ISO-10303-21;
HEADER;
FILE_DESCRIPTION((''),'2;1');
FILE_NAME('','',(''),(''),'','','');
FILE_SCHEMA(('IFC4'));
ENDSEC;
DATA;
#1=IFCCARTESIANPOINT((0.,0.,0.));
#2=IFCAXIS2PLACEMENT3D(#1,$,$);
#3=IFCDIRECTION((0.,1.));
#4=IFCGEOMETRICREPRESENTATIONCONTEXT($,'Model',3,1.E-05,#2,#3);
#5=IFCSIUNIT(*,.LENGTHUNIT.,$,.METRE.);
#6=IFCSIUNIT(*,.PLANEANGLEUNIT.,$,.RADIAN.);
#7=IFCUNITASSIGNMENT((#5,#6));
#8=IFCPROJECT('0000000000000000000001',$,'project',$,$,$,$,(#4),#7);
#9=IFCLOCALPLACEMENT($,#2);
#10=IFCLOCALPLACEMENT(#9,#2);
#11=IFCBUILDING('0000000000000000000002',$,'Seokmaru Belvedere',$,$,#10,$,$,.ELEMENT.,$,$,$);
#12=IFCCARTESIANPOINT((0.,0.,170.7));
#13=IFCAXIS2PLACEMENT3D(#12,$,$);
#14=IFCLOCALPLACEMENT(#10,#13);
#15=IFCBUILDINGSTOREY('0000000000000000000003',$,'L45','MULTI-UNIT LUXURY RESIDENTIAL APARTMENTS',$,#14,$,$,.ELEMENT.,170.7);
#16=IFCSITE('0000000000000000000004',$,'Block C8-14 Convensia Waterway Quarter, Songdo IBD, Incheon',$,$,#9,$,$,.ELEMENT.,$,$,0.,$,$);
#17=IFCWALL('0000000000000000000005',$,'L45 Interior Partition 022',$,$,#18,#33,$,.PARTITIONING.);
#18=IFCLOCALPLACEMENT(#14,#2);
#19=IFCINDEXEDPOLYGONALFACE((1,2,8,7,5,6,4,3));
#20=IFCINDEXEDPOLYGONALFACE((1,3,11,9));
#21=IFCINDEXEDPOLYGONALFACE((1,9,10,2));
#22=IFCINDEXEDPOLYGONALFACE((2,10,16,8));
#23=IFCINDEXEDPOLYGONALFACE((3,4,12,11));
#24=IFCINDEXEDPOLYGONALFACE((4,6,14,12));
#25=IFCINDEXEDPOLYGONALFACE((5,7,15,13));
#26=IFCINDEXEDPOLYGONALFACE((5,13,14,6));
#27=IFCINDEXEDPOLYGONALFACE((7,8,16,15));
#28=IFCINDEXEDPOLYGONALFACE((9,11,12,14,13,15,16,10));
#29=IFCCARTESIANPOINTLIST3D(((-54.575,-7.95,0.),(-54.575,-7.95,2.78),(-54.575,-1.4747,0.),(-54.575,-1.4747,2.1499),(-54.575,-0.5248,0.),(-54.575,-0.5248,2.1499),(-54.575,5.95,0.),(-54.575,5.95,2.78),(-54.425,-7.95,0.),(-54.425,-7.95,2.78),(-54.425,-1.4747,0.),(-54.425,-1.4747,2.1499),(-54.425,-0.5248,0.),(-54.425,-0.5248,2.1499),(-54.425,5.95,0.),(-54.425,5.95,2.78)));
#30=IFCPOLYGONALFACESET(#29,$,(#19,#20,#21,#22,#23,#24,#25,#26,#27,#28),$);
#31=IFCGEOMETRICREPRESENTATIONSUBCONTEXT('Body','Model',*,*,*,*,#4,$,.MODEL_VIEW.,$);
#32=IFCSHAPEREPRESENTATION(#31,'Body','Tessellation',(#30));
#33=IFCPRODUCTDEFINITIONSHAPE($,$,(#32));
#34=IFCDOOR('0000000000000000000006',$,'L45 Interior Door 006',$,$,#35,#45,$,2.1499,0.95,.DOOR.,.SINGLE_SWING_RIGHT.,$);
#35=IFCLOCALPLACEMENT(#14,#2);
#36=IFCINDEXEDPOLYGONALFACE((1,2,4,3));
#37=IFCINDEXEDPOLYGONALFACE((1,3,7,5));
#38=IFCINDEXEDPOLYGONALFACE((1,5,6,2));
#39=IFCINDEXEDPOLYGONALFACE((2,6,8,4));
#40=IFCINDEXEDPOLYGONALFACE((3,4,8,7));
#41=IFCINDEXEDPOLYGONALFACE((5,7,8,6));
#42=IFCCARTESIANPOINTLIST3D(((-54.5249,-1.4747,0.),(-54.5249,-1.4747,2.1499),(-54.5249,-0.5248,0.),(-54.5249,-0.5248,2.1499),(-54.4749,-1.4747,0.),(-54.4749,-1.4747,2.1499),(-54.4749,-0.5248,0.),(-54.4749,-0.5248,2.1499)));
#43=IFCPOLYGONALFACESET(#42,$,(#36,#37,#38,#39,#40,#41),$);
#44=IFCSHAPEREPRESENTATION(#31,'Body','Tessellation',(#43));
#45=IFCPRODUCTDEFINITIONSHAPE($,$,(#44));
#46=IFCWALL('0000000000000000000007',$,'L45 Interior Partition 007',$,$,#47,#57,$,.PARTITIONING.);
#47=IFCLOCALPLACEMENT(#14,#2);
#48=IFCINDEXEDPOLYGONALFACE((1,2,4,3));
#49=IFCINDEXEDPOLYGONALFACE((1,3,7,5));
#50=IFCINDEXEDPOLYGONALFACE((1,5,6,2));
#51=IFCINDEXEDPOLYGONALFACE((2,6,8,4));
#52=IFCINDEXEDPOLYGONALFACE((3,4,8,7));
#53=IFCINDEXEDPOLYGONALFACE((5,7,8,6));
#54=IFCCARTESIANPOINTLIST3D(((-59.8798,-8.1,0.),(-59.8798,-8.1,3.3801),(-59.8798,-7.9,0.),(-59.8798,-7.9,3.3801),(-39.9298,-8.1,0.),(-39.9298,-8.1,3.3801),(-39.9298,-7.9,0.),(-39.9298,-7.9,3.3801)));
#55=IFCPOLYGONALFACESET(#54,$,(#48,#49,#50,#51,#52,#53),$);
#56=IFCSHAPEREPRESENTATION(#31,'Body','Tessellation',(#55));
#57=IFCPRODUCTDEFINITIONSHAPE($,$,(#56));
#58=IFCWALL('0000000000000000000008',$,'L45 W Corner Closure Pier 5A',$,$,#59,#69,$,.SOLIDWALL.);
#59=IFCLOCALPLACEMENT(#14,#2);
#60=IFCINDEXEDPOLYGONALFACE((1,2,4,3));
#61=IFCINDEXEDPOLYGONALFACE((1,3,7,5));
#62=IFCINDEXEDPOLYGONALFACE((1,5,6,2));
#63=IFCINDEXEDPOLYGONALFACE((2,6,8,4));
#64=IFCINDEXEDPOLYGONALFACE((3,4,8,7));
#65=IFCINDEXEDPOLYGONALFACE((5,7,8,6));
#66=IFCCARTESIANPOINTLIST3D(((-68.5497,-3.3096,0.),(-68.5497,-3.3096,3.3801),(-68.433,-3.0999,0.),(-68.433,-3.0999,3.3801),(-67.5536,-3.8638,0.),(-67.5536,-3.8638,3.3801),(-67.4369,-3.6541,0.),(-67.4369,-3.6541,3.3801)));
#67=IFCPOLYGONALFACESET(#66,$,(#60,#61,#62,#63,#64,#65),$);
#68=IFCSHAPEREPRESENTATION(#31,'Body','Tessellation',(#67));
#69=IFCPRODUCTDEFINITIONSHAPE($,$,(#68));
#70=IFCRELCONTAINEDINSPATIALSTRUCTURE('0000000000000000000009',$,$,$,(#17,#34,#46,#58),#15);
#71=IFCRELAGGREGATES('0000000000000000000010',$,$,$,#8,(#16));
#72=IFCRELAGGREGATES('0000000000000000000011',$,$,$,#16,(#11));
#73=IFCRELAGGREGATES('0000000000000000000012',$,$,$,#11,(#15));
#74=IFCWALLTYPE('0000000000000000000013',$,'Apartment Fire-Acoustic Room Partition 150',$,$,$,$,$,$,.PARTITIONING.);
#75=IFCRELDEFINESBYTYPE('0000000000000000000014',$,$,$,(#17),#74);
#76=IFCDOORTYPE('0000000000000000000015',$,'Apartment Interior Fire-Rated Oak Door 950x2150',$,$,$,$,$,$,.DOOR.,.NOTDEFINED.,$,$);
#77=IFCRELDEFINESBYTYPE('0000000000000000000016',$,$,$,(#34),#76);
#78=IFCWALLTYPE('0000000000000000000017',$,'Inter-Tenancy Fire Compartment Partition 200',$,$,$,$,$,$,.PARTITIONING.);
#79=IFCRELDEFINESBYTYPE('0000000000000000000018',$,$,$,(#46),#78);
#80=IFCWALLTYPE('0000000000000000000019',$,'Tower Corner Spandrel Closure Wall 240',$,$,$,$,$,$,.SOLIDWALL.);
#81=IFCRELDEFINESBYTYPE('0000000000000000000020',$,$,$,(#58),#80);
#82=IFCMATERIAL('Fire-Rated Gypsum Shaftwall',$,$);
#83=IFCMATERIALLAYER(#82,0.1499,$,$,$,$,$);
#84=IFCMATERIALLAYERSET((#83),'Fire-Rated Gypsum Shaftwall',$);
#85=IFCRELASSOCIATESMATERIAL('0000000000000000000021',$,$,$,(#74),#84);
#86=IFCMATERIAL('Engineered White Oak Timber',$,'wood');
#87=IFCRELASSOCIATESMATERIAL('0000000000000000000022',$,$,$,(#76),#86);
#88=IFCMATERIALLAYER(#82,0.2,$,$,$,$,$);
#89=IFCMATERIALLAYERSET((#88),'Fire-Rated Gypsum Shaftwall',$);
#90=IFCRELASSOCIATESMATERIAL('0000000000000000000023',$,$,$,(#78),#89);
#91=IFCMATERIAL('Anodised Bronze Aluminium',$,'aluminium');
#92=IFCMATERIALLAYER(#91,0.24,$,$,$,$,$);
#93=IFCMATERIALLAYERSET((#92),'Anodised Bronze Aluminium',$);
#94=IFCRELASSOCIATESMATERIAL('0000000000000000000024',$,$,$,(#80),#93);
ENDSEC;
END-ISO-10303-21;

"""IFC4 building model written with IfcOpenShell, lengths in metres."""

from ifc_helpers import new_model, si_unit, direction, frame, frame_2d, origin, place, context, subcontext, project, spatial, rectangle, extrude, source, transform, mapped, material, layer, layer_set, type_object, type_shapes, element, fill, save


model = new_model("IFC4")

# Units and contexts
model_context = context("Model", 3, precision=1e-05, world=origin(), true_north=direction((0.0, 1.0)))
body_context = subcontext(model_context, "Body", "Model", "MODEL_VIEW")
ifc_project = project(units=[si_unit("LENGTHUNIT", "METRE"), si_unit("PLANEANGLEUNIT", "RADIAN")], contexts=[model_context])

# Site, building, storey
site_placement = place(None, origin())
site = spatial("IfcSite", under=ifc_project, at=site_placement, Name="Block C8-14 Convensia Waterway Quarter, Songdo IBD, Incheon", CompositionType="ELEMENT", RefElevation=0.0)
building_placement = place(site_placement, origin())
building = spatial("IfcBuilding", under=site, at=building_placement, Name="Seokmaru Belvedere", CompositionType="ELEMENT")
storey_placement = place(building_placement, frame((0.0, 0.0, 170.7)))
storey = spatial("IfcBuildingStorey", under=building, at=storey_placement, Name="L45", Description="MULTI-UNIT LUXURY RESIDENTIAL APARTMENTS", CompositionType="ELEMENT", Elevation=170.7)

# Shared definitions
ifc_material_1 = material(Name="Anodised Bronze Aluminium", Category="aluminium")

# Shared definitions
ifc_material_2 = material(Name="Fire-Rated Gypsum Shaftwall")
ifc_layer_1 = layer(ifc_material_2, 0.1499)
ifc_layer_set_1 = layer_set([ifc_layer_1], Name="Fire-Rated Gypsum Shaftwall")
wall_type_1 = type_object("IfcWallType", Name="Apartment Fire-Acoustic Room Partition 150", PredefinedType="PARTITIONING", material=ifc_layer_set_1)
ifc_material_3 = material(Name="Engineered White Oak Timber", Category="wood")
door_type = type_object("IfcDoorType", Name="Apartment Interior Fire-Rated Oak Door 950x2150", OperationType="NOTDEFINED", PredefinedType="DOOR", material=ifc_material_3)
shared_shape_1 = source(origin(), body_context, "Body", "SweptSolid", [
    extrude(rectangle(XDim=0.95, YDim=2.1499, at=frame_2d((0.4751, 1.075))), frame((0.0, 0.0249, 0.0), z_axis=(0.0, -1.0, 0.0), x_axis=(1.0, 0.0, 0.0)), (0.0, 0.0, 1.0), 0.05),
])
type_shapes(door_type, [shared_shape_1])

# Wall, opening, door
wall_1_placement = place(storey_placement, frame((-54.5, -7.95, 0.0), z_axis=(0.0, 0.0, 1.0), x_axis=(0.0, 1.0, 0.0)))
wall_1 = element("IfcWall", 1, at=wall_1_placement, inside=storey, type_object=wall_type_1, Name="L45 Interior Partition 022", PredefinedType="PARTITIONING", context=body_context, shape_type="SweptSolid", body=[
    extrude(rectangle(XDim=13.8999, YDim=0.1499, at=frame_2d((6.95, 0.0))), origin(), (0.0, 0.0, 1.0), 2.78),
])
opening_1_placement = place(wall_1_placement, frame((6.4751, 0.0, 0.0)))
opening_1 = element("IfcOpeningElement", 2, at=opening_1_placement, cuts=wall_1, PredefinedType="OPENING", context=body_context, shape_type="SweptSolid", body=[
    extrude(rectangle(XDim=0.95, YDim=2.1499, at=frame_2d((0.4751, 1.075))), frame((0.0, 0.085, 0.0), z_axis=(0.0, -1.0, 0.0), x_axis=(1.0, 0.0, 0.0)), (0.0, 0.0, 1.0), 0.1699),
])
door_1_placement = place(opening_1_placement, origin())
door_1 = element("IfcDoor", 3, at=door_1_placement, inside=storey, type_object=door_type, Name="L45 Interior Door 006", OperationType="SINGLE_SWING_RIGHT", OverallHeight=2.1499, OverallWidth=0.95, PredefinedType="DOOR", context=body_context, shape_type="MappedRepresentation", body=[
    mapped(shared_shape_1, transform((0.0, 0.0, 0.0), scale=1.0)),
])
fill(opening_1, door_1)

# Walls
ifc_layer_2 = layer(ifc_material_2, 0.2)
ifc_layer_set_2 = layer_set([ifc_layer_2], Name="Fire-Rated Gypsum Shaftwall")
wall_type_2 = type_object("IfcWallType", Name="Inter-Tenancy Fire Compartment Partition 200", PredefinedType="PARTITIONING", material=ifc_layer_set_2)
wall_2_placement = place(storey_placement, frame((-59.8799, -8.0, 0.0), z_axis=(0.0, 0.0, 1.0), x_axis=(1.0, 0.0, 0.0)))
element("IfcWall", 4, at=wall_2_placement, inside=storey, type_object=wall_type_2, Name="L45 Interior Partition 007", PredefinedType="PARTITIONING", context=body_context, shape_type="SweptSolid", body=[
    extrude(rectangle(XDim=19.95, YDim=0.2, at=frame_2d((9.9751, 0.0))), origin(), (0.0, 0.0, 1.0), 3.3801),
])
ifc_layer_3 = layer(ifc_material_1, 0.24)
ifc_layer_set_3 = layer_set([ifc_layer_3], Name="Anodised Bronze Aluminium")
wall_type_3 = type_object("IfcWallType", Name="Tower Corner Spandrel Closure Wall 240", PredefinedType="SOLIDWALL", material=ifc_layer_set_3)
wall_3_placement = place(storey_placement, frame((-68.4912, -3.2048, 0.0), z_axis=(0.0, 0.0, 1.0), x_axis=(0.873854, -0.486188, 0.0)))
element("IfcWall", 5, at=wall_3_placement, inside=storey, type_object=wall_type_3, Name="L45 W Corner Closure Pier 5A", PredefinedType="SOLIDWALL", context=body_context, shape_type="SweptSolid", body=[
    extrude(rectangle(XDim=1.1399, YDim=0.24, at=frame_2d((0.5698, 0.0))), origin(), (0.0, 0.0, 1.0), 3.3801),
])

save(model, "model.ifc")
